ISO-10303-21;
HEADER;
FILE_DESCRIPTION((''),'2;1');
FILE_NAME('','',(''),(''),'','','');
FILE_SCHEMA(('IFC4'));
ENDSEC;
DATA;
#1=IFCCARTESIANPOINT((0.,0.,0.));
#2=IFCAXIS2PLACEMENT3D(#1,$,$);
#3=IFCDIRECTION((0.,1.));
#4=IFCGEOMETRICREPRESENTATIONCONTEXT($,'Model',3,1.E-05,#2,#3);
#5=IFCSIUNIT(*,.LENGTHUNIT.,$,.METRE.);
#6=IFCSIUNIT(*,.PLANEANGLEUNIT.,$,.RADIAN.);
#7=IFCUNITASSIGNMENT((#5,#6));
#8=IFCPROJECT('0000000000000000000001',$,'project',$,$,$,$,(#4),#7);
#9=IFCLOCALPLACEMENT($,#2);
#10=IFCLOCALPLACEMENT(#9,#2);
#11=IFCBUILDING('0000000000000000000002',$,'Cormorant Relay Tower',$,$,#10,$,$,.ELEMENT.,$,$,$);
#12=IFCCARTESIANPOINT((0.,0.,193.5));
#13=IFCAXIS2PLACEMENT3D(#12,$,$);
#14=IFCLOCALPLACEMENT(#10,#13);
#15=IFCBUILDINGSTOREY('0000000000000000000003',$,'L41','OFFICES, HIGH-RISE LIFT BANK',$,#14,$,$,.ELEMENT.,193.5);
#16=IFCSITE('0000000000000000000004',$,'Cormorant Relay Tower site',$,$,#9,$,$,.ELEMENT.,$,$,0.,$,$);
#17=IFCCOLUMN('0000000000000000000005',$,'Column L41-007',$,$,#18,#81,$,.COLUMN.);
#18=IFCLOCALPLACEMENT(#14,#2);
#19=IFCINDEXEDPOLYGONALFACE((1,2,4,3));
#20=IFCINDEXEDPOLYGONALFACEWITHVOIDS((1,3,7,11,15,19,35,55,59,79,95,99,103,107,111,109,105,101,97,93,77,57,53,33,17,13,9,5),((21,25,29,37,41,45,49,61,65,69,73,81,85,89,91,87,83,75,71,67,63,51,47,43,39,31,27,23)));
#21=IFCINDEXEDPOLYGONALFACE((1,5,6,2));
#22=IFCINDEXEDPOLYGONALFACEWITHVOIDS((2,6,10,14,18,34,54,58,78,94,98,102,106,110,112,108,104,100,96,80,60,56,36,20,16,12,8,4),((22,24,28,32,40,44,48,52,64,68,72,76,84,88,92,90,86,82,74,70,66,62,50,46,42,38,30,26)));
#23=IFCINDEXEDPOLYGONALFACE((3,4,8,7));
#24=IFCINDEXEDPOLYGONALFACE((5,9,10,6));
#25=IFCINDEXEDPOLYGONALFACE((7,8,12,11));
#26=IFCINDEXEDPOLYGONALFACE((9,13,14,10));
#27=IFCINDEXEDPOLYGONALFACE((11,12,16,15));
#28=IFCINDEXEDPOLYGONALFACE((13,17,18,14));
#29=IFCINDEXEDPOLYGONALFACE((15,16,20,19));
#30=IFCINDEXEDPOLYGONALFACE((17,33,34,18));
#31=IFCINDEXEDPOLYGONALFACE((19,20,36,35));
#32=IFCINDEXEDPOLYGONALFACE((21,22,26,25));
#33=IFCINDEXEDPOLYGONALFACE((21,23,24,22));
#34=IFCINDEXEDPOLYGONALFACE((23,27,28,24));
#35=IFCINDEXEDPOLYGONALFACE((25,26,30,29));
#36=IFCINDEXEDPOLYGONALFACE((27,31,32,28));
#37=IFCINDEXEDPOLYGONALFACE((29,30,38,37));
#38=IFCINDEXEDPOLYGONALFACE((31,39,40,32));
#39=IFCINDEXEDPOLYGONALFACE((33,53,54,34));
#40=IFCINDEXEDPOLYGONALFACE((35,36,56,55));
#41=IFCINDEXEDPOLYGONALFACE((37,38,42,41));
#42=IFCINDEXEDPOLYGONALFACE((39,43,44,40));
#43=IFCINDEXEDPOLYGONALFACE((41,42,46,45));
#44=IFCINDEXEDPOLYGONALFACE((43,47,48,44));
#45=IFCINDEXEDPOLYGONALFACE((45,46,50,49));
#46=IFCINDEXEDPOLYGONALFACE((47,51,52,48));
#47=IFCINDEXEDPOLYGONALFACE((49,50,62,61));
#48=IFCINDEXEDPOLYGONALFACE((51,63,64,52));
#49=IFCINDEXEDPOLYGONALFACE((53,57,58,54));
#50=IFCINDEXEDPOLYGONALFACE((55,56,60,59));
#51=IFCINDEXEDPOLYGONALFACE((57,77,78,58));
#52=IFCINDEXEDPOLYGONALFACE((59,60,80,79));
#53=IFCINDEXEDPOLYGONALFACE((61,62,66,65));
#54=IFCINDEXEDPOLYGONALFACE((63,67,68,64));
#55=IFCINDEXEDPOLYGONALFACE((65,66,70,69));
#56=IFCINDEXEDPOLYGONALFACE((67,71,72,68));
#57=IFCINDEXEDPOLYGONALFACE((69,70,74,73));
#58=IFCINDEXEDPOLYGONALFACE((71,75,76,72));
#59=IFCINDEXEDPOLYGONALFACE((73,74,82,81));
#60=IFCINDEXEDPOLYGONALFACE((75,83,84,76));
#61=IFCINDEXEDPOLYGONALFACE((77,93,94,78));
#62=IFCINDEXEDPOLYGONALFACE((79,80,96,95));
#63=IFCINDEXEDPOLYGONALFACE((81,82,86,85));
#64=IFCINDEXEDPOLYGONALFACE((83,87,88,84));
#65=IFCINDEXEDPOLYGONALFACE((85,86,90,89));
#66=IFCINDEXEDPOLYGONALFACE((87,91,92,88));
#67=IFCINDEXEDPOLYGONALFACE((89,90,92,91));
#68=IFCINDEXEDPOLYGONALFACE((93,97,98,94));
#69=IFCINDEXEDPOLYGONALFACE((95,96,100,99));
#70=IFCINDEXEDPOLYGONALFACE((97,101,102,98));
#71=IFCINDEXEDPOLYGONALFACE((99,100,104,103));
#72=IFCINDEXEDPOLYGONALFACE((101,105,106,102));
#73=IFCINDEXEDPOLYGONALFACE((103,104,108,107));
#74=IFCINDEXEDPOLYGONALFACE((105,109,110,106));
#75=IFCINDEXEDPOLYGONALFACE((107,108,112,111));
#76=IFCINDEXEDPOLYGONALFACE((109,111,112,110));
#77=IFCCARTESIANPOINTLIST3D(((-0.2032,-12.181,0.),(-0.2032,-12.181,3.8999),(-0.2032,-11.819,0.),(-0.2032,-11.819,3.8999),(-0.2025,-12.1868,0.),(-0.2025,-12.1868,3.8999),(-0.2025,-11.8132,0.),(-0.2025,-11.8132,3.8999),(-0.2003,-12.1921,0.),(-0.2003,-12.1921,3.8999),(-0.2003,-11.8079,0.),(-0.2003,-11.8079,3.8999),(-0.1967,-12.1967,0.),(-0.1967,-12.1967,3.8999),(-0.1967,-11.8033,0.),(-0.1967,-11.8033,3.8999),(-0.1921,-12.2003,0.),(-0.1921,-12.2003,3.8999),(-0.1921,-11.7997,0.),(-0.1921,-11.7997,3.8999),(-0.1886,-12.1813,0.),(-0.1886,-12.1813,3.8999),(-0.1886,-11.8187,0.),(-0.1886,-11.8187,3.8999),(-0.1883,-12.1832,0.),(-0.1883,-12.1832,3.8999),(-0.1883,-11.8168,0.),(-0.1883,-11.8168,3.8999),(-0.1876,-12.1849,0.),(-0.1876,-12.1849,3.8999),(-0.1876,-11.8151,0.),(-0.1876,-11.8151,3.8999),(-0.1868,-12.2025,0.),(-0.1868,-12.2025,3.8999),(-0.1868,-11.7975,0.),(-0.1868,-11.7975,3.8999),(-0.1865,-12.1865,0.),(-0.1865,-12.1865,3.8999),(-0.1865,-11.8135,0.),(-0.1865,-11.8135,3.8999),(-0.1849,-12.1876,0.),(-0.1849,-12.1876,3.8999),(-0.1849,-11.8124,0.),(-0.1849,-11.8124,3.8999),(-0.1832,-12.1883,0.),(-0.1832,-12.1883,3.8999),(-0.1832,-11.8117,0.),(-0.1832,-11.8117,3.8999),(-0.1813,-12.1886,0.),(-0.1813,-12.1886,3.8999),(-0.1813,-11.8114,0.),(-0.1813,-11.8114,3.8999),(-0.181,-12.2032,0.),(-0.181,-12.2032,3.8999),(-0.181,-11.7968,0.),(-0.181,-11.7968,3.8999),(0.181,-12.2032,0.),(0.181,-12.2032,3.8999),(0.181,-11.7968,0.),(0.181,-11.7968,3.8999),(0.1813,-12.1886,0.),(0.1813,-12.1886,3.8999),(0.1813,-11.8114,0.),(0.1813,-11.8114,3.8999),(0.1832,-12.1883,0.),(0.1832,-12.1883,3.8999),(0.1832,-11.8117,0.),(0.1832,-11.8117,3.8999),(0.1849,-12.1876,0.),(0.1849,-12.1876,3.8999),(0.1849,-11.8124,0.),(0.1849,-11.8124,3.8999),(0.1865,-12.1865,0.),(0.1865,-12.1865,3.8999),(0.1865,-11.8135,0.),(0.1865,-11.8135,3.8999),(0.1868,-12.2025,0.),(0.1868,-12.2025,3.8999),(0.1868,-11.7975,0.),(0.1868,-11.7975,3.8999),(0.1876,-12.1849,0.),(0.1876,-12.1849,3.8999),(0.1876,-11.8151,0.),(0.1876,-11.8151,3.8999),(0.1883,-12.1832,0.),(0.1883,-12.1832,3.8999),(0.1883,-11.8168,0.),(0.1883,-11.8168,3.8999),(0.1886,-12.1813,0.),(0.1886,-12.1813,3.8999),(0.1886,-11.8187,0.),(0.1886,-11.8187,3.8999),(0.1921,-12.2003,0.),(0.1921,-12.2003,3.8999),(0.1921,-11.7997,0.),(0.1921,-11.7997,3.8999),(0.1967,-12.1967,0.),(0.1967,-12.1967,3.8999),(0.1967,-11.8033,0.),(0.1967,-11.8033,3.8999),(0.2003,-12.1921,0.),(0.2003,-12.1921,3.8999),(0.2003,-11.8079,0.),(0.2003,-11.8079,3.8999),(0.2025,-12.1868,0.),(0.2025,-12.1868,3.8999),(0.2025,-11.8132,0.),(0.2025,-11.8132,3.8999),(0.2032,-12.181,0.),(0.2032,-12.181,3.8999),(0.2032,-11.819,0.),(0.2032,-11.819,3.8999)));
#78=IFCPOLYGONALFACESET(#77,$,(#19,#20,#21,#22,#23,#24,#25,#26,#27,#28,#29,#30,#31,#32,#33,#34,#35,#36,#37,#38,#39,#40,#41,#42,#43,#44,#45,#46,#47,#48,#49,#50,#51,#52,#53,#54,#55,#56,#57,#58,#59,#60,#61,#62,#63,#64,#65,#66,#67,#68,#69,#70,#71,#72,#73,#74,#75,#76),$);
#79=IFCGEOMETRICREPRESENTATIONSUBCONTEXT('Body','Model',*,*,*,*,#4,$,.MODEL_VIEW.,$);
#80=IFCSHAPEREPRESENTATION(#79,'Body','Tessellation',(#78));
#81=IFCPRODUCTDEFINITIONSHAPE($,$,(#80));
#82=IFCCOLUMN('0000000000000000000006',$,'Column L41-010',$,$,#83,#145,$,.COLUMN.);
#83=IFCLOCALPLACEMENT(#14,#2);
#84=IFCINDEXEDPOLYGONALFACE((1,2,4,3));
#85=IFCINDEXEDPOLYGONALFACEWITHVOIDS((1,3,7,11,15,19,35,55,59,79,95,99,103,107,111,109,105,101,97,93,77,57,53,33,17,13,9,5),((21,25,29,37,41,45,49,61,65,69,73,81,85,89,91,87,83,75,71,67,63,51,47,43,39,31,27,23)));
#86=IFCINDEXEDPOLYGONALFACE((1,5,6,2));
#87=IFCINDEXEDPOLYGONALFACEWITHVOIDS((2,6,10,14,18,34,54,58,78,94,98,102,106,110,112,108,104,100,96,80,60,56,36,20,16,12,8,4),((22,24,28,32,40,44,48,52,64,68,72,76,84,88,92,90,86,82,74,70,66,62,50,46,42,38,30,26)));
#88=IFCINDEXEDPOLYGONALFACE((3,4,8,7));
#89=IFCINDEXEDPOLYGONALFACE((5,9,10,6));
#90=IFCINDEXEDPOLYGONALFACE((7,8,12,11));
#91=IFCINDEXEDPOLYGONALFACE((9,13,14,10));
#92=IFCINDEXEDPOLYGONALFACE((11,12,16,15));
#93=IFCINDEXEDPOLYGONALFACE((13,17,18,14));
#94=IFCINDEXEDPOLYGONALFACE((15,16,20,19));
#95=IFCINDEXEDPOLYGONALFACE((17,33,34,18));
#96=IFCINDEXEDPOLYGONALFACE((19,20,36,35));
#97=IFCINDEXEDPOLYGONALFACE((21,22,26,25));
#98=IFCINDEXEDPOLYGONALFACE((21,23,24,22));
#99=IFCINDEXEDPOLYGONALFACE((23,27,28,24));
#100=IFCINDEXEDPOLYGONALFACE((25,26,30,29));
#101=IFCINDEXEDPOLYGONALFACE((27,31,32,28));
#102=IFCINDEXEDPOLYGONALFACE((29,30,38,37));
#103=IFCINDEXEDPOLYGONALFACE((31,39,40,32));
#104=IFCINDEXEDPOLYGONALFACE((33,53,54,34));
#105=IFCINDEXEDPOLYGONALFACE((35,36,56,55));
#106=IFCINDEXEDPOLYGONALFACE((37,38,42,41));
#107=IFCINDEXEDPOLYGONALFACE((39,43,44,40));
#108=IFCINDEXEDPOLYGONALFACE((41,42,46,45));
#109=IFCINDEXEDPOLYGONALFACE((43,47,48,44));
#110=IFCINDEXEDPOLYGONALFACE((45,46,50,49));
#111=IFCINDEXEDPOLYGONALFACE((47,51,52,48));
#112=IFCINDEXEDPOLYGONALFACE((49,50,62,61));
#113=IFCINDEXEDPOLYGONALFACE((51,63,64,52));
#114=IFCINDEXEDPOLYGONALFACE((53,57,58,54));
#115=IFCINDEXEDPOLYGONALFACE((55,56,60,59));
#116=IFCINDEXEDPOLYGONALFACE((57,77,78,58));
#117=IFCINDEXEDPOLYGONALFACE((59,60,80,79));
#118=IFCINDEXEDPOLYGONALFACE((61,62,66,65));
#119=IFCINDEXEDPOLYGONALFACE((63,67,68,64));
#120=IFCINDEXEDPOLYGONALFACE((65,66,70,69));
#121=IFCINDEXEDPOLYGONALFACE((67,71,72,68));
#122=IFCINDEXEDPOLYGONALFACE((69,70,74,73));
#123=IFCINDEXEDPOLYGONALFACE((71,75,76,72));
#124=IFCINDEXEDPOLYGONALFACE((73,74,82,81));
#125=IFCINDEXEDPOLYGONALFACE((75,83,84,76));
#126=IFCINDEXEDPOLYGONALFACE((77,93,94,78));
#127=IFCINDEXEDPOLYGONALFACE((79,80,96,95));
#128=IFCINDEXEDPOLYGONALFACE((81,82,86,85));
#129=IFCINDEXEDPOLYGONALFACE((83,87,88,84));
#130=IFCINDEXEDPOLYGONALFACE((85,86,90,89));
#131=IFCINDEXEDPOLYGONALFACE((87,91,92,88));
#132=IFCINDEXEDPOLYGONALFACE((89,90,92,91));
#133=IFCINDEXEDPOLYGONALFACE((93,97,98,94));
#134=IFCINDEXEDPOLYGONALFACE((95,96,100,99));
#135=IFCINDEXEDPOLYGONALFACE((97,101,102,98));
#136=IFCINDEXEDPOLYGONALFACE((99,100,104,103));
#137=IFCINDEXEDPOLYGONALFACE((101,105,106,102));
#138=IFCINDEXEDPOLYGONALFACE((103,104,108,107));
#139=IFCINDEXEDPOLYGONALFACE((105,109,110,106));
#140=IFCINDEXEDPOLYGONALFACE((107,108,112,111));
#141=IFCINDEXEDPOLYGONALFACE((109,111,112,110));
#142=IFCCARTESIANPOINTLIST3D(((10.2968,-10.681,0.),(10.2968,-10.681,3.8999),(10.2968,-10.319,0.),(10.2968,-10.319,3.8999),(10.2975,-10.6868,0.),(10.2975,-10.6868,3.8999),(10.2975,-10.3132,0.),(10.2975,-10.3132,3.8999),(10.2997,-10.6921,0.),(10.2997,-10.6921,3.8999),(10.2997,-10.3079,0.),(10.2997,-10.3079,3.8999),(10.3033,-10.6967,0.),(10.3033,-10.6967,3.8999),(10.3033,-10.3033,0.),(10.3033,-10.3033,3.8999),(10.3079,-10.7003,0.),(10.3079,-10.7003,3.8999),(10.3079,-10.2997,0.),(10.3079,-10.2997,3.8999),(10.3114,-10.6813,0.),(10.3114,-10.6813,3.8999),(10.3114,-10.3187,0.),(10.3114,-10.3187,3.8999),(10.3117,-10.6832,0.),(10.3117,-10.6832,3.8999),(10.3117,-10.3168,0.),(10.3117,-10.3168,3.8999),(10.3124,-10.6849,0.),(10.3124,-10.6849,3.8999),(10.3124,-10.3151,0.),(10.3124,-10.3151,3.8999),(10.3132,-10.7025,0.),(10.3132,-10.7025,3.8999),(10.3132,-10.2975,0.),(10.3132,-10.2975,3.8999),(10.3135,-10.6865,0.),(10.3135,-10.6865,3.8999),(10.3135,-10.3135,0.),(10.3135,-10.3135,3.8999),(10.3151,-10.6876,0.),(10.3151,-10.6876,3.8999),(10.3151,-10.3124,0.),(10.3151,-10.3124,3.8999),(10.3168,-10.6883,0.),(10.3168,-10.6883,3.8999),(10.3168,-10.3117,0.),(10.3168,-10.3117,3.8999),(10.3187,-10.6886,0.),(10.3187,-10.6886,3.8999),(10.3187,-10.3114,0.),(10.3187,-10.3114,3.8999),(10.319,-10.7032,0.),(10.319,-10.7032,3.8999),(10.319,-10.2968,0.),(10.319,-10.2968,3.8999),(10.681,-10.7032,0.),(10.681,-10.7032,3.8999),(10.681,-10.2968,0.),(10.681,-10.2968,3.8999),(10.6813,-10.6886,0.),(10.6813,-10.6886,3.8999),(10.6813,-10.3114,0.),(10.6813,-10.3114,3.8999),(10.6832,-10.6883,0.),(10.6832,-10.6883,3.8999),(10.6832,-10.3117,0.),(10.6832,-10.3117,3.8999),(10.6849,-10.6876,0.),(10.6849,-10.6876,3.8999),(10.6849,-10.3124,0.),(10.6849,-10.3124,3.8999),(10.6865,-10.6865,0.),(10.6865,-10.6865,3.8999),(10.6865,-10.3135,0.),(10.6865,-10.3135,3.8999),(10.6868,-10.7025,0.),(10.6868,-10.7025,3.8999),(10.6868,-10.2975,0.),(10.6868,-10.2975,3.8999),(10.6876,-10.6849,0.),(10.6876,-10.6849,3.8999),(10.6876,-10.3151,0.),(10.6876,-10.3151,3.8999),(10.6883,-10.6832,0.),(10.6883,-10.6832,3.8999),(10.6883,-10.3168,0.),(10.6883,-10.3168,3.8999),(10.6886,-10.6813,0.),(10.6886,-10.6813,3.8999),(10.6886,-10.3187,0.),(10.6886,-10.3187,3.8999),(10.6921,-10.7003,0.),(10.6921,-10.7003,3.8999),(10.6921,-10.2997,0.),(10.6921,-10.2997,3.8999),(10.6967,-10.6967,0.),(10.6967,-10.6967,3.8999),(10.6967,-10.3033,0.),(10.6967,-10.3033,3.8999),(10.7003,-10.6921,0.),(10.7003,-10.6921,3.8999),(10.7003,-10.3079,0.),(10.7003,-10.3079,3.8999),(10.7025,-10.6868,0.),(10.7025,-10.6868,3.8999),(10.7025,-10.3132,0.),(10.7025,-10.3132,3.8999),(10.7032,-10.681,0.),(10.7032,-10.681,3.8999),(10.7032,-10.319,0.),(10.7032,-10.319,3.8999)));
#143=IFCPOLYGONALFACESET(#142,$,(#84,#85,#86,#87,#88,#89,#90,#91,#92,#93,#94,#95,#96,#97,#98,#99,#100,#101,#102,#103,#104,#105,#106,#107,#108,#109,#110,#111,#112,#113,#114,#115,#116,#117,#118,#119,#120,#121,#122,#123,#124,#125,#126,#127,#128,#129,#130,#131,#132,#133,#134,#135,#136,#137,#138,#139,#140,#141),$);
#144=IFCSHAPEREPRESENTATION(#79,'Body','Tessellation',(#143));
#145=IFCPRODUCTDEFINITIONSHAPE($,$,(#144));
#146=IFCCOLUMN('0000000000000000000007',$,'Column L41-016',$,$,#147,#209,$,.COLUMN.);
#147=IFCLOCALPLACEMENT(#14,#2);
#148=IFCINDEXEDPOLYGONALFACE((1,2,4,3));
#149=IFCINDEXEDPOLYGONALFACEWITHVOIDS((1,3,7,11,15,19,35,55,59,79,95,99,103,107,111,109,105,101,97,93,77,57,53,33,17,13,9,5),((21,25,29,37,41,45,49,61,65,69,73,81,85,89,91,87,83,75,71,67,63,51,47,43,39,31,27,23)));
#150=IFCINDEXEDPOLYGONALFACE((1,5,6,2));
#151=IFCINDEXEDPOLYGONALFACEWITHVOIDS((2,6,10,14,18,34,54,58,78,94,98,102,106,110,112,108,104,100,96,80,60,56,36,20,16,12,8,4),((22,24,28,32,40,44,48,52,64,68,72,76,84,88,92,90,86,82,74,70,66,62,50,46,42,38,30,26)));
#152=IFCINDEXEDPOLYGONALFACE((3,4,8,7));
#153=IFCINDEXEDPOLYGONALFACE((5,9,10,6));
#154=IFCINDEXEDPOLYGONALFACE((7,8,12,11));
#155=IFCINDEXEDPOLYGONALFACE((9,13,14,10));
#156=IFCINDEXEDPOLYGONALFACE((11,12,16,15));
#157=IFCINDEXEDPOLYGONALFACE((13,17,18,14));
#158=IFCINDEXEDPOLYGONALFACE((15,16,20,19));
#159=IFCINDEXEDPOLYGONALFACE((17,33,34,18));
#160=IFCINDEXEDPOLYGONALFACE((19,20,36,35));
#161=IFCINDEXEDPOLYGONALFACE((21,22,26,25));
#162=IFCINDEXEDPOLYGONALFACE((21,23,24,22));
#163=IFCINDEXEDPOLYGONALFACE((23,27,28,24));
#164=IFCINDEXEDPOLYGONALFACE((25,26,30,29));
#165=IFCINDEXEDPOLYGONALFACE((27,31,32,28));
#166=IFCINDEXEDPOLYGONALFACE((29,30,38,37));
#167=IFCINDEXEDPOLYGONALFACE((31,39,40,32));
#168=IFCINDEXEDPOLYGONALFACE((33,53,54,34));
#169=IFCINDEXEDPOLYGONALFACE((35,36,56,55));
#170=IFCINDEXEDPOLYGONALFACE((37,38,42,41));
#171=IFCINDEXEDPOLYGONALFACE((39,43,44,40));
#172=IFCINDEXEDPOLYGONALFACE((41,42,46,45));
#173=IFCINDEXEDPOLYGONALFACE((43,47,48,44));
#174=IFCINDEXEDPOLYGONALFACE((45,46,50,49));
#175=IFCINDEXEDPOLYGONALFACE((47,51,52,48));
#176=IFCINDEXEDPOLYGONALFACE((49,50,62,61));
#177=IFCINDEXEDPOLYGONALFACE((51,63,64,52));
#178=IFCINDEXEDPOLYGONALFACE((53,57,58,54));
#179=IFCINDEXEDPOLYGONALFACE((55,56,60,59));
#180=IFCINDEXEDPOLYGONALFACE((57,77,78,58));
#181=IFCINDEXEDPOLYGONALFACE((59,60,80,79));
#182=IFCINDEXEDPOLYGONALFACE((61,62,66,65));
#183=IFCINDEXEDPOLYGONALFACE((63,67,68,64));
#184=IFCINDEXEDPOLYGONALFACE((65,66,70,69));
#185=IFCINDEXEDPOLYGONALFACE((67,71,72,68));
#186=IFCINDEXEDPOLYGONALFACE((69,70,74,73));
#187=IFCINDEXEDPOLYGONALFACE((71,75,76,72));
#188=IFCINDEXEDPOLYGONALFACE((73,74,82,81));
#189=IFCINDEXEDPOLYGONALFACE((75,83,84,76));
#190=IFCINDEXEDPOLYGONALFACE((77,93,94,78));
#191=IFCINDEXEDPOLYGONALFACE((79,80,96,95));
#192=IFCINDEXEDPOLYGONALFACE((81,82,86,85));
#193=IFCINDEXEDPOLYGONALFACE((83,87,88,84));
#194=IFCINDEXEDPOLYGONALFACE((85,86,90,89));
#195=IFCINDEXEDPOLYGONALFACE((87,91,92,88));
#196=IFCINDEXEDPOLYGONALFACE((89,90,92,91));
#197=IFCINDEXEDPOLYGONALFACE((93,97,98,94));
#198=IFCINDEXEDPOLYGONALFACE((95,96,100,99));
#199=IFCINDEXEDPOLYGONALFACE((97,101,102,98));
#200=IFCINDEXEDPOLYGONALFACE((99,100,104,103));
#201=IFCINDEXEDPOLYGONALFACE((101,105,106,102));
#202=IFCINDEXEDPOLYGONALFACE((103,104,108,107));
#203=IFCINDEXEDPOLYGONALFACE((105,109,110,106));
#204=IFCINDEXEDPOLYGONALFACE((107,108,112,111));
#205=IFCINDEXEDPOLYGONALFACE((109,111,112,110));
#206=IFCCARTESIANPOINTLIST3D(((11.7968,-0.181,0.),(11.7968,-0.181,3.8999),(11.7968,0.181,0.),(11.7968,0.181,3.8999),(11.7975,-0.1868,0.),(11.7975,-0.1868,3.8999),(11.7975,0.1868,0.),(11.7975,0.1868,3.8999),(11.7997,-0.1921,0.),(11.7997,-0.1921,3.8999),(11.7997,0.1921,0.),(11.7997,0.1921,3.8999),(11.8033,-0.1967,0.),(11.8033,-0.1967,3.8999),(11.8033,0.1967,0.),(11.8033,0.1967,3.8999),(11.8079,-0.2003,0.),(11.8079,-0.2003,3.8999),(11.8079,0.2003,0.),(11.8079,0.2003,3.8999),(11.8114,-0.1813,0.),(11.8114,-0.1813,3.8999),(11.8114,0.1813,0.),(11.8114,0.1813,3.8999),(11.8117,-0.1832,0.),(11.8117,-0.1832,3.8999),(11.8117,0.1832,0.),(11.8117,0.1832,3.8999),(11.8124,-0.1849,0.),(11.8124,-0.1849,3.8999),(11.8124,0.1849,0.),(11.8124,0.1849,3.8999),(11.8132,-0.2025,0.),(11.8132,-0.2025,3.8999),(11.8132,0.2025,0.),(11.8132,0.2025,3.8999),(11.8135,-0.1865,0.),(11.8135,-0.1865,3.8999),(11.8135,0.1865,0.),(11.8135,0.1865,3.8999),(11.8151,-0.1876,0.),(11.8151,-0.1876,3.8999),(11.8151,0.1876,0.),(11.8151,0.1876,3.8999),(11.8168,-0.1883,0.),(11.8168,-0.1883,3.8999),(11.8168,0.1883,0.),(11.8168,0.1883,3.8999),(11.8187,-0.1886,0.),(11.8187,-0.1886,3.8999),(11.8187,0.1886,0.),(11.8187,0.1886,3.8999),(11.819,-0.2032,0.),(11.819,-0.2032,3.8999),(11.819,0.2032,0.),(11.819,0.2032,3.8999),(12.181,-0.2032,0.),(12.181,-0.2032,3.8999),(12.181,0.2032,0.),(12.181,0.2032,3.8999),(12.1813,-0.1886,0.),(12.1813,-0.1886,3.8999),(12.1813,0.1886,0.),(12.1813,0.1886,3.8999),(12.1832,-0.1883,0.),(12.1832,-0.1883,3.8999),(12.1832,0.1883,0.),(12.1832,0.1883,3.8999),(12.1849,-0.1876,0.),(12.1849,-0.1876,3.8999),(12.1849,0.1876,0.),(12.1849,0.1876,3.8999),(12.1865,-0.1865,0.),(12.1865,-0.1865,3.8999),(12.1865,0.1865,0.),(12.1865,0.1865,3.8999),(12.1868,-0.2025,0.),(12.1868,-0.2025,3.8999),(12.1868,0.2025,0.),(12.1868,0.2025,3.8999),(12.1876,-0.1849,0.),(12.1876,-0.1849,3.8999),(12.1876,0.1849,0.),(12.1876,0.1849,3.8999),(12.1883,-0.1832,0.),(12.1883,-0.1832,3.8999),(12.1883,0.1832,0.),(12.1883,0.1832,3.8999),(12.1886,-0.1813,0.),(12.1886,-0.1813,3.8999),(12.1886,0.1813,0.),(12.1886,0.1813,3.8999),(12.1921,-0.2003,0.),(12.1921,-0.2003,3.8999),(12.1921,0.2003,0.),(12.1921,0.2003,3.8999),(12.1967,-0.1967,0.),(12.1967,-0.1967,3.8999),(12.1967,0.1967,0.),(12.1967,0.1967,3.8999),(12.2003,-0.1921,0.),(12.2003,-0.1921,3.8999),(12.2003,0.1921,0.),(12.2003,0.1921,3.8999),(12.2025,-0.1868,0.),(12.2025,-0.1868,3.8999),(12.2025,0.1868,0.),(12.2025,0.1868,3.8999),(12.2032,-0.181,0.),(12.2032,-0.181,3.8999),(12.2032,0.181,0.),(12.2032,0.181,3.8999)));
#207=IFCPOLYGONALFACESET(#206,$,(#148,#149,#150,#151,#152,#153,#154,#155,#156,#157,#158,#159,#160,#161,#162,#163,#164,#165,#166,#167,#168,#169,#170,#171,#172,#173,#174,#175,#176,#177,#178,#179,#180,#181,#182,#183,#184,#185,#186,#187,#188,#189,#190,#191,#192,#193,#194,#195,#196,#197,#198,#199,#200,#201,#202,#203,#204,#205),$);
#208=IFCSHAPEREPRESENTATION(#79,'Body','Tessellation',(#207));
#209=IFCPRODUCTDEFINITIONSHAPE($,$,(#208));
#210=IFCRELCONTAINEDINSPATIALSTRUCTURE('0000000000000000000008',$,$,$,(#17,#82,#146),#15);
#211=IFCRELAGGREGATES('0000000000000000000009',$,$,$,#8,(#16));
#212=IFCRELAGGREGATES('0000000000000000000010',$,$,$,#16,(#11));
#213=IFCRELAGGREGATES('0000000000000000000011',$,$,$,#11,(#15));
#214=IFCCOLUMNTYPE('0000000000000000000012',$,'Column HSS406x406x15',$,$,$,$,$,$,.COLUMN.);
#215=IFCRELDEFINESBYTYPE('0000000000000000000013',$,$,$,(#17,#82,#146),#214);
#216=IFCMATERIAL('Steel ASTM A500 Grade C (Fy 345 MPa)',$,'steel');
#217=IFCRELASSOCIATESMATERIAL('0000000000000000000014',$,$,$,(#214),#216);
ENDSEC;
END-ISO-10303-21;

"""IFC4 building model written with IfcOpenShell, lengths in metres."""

from ifc_helpers import new_model, si_unit, direction, frame, origin, origin_2d, place, context, subcontext, project, spatial, hollow_rectangle, extrude, material, material_profile, profile_set, type_object, element, save


model = new_model("IFC4")

# Units and contexts
model_context = context("Model", 3, precision=1e-05, world=origin(), true_north=direction((0.0, 1.0)))
body_context = subcontext(model_context, "Body", "Model", "MODEL_VIEW")
ifc_project = project(units=[si_unit("LENGTHUNIT", "METRE"), si_unit("PLANEANGLEUNIT", "RADIAN")], contexts=[model_context])

# Site, building, storey
site_placement = place(None, origin())
site = spatial("IfcSite", under=ifc_project, at=site_placement, Name="Cormorant Relay Tower site", CompositionType="ELEMENT", RefElevation=0.0)
building_placement = place(site_placement, origin())
building = spatial("IfcBuilding", under=site, at=building_placement, Name="Cormorant Relay Tower", CompositionType="ELEMENT")
storey_placement = place(building_placement, frame((0.0, 0.0, 193.5)))
storey = spatial("IfcBuildingStorey", under=building, at=storey_placement, Name="L41", Description="OFFICES, HIGH-RISE LIFT BANK", CompositionType="ELEMENT", Elevation=193.5)

# Columns
ifc_material_1 = material(Name="Steel ASTM A500 Grade C (Fy 345 MPa)", Category="steel")
ifc_material_profile_1 = material_profile(ifc_material_1, hollow_rectangle(XDim=0.4065, YDim=0.4065, WallThickness=0.0146, InnerFilletRadius=0.0073, OuterFilletRadius=0.0222, at=origin_2d()), Name="HSS406x406x15")
ifc_profile_set_1 = profile_set([ifc_material_profile_1], Name="Steel ASTM A500 Grade C (Fy 345 MPa)")
column_type_1 = type_object("IfcColumnType", Name="Column HSS406x406x15", PredefinedType="COLUMN", material=ifc_profile_set_1)
for number, where, z_axis, x_axis, name in (
    (1, (0.0, -12.0, 0.0), (0.0, 0.0, 1.0), (1.0, 0.0, 0.0), "Column L41-007"),
    (2, (10.5, -10.5, 0.0), (0.0, 0.0, 1.0), (1.0, 0.0, 0.0), "Column L41-010"),
    (3, (12.0, 0.0, 0.0), (0.0, 0.0, 1.0), (1.0, 0.0, 0.0), "Column L41-016"),
):
    element("IfcColumn", number, at=place(storey_placement, frame(where, z_axis=z_axis, x_axis=x_axis)), inside=storey, type_object=column_type_1, Name=name, PredefinedType="COLUMN", context=body_context, shape_type="SweptSolid", body=[
        extrude(hollow_rectangle(XDim=0.4065, YDim=0.4065, WallThickness=0.0146, InnerFilletRadius=0.0073, OuterFilletRadius=0.0222, at=origin_2d()), origin(), (0.0, 0.0, 1.0), 3.8999),
    ])

save(model, "model.ifc")
